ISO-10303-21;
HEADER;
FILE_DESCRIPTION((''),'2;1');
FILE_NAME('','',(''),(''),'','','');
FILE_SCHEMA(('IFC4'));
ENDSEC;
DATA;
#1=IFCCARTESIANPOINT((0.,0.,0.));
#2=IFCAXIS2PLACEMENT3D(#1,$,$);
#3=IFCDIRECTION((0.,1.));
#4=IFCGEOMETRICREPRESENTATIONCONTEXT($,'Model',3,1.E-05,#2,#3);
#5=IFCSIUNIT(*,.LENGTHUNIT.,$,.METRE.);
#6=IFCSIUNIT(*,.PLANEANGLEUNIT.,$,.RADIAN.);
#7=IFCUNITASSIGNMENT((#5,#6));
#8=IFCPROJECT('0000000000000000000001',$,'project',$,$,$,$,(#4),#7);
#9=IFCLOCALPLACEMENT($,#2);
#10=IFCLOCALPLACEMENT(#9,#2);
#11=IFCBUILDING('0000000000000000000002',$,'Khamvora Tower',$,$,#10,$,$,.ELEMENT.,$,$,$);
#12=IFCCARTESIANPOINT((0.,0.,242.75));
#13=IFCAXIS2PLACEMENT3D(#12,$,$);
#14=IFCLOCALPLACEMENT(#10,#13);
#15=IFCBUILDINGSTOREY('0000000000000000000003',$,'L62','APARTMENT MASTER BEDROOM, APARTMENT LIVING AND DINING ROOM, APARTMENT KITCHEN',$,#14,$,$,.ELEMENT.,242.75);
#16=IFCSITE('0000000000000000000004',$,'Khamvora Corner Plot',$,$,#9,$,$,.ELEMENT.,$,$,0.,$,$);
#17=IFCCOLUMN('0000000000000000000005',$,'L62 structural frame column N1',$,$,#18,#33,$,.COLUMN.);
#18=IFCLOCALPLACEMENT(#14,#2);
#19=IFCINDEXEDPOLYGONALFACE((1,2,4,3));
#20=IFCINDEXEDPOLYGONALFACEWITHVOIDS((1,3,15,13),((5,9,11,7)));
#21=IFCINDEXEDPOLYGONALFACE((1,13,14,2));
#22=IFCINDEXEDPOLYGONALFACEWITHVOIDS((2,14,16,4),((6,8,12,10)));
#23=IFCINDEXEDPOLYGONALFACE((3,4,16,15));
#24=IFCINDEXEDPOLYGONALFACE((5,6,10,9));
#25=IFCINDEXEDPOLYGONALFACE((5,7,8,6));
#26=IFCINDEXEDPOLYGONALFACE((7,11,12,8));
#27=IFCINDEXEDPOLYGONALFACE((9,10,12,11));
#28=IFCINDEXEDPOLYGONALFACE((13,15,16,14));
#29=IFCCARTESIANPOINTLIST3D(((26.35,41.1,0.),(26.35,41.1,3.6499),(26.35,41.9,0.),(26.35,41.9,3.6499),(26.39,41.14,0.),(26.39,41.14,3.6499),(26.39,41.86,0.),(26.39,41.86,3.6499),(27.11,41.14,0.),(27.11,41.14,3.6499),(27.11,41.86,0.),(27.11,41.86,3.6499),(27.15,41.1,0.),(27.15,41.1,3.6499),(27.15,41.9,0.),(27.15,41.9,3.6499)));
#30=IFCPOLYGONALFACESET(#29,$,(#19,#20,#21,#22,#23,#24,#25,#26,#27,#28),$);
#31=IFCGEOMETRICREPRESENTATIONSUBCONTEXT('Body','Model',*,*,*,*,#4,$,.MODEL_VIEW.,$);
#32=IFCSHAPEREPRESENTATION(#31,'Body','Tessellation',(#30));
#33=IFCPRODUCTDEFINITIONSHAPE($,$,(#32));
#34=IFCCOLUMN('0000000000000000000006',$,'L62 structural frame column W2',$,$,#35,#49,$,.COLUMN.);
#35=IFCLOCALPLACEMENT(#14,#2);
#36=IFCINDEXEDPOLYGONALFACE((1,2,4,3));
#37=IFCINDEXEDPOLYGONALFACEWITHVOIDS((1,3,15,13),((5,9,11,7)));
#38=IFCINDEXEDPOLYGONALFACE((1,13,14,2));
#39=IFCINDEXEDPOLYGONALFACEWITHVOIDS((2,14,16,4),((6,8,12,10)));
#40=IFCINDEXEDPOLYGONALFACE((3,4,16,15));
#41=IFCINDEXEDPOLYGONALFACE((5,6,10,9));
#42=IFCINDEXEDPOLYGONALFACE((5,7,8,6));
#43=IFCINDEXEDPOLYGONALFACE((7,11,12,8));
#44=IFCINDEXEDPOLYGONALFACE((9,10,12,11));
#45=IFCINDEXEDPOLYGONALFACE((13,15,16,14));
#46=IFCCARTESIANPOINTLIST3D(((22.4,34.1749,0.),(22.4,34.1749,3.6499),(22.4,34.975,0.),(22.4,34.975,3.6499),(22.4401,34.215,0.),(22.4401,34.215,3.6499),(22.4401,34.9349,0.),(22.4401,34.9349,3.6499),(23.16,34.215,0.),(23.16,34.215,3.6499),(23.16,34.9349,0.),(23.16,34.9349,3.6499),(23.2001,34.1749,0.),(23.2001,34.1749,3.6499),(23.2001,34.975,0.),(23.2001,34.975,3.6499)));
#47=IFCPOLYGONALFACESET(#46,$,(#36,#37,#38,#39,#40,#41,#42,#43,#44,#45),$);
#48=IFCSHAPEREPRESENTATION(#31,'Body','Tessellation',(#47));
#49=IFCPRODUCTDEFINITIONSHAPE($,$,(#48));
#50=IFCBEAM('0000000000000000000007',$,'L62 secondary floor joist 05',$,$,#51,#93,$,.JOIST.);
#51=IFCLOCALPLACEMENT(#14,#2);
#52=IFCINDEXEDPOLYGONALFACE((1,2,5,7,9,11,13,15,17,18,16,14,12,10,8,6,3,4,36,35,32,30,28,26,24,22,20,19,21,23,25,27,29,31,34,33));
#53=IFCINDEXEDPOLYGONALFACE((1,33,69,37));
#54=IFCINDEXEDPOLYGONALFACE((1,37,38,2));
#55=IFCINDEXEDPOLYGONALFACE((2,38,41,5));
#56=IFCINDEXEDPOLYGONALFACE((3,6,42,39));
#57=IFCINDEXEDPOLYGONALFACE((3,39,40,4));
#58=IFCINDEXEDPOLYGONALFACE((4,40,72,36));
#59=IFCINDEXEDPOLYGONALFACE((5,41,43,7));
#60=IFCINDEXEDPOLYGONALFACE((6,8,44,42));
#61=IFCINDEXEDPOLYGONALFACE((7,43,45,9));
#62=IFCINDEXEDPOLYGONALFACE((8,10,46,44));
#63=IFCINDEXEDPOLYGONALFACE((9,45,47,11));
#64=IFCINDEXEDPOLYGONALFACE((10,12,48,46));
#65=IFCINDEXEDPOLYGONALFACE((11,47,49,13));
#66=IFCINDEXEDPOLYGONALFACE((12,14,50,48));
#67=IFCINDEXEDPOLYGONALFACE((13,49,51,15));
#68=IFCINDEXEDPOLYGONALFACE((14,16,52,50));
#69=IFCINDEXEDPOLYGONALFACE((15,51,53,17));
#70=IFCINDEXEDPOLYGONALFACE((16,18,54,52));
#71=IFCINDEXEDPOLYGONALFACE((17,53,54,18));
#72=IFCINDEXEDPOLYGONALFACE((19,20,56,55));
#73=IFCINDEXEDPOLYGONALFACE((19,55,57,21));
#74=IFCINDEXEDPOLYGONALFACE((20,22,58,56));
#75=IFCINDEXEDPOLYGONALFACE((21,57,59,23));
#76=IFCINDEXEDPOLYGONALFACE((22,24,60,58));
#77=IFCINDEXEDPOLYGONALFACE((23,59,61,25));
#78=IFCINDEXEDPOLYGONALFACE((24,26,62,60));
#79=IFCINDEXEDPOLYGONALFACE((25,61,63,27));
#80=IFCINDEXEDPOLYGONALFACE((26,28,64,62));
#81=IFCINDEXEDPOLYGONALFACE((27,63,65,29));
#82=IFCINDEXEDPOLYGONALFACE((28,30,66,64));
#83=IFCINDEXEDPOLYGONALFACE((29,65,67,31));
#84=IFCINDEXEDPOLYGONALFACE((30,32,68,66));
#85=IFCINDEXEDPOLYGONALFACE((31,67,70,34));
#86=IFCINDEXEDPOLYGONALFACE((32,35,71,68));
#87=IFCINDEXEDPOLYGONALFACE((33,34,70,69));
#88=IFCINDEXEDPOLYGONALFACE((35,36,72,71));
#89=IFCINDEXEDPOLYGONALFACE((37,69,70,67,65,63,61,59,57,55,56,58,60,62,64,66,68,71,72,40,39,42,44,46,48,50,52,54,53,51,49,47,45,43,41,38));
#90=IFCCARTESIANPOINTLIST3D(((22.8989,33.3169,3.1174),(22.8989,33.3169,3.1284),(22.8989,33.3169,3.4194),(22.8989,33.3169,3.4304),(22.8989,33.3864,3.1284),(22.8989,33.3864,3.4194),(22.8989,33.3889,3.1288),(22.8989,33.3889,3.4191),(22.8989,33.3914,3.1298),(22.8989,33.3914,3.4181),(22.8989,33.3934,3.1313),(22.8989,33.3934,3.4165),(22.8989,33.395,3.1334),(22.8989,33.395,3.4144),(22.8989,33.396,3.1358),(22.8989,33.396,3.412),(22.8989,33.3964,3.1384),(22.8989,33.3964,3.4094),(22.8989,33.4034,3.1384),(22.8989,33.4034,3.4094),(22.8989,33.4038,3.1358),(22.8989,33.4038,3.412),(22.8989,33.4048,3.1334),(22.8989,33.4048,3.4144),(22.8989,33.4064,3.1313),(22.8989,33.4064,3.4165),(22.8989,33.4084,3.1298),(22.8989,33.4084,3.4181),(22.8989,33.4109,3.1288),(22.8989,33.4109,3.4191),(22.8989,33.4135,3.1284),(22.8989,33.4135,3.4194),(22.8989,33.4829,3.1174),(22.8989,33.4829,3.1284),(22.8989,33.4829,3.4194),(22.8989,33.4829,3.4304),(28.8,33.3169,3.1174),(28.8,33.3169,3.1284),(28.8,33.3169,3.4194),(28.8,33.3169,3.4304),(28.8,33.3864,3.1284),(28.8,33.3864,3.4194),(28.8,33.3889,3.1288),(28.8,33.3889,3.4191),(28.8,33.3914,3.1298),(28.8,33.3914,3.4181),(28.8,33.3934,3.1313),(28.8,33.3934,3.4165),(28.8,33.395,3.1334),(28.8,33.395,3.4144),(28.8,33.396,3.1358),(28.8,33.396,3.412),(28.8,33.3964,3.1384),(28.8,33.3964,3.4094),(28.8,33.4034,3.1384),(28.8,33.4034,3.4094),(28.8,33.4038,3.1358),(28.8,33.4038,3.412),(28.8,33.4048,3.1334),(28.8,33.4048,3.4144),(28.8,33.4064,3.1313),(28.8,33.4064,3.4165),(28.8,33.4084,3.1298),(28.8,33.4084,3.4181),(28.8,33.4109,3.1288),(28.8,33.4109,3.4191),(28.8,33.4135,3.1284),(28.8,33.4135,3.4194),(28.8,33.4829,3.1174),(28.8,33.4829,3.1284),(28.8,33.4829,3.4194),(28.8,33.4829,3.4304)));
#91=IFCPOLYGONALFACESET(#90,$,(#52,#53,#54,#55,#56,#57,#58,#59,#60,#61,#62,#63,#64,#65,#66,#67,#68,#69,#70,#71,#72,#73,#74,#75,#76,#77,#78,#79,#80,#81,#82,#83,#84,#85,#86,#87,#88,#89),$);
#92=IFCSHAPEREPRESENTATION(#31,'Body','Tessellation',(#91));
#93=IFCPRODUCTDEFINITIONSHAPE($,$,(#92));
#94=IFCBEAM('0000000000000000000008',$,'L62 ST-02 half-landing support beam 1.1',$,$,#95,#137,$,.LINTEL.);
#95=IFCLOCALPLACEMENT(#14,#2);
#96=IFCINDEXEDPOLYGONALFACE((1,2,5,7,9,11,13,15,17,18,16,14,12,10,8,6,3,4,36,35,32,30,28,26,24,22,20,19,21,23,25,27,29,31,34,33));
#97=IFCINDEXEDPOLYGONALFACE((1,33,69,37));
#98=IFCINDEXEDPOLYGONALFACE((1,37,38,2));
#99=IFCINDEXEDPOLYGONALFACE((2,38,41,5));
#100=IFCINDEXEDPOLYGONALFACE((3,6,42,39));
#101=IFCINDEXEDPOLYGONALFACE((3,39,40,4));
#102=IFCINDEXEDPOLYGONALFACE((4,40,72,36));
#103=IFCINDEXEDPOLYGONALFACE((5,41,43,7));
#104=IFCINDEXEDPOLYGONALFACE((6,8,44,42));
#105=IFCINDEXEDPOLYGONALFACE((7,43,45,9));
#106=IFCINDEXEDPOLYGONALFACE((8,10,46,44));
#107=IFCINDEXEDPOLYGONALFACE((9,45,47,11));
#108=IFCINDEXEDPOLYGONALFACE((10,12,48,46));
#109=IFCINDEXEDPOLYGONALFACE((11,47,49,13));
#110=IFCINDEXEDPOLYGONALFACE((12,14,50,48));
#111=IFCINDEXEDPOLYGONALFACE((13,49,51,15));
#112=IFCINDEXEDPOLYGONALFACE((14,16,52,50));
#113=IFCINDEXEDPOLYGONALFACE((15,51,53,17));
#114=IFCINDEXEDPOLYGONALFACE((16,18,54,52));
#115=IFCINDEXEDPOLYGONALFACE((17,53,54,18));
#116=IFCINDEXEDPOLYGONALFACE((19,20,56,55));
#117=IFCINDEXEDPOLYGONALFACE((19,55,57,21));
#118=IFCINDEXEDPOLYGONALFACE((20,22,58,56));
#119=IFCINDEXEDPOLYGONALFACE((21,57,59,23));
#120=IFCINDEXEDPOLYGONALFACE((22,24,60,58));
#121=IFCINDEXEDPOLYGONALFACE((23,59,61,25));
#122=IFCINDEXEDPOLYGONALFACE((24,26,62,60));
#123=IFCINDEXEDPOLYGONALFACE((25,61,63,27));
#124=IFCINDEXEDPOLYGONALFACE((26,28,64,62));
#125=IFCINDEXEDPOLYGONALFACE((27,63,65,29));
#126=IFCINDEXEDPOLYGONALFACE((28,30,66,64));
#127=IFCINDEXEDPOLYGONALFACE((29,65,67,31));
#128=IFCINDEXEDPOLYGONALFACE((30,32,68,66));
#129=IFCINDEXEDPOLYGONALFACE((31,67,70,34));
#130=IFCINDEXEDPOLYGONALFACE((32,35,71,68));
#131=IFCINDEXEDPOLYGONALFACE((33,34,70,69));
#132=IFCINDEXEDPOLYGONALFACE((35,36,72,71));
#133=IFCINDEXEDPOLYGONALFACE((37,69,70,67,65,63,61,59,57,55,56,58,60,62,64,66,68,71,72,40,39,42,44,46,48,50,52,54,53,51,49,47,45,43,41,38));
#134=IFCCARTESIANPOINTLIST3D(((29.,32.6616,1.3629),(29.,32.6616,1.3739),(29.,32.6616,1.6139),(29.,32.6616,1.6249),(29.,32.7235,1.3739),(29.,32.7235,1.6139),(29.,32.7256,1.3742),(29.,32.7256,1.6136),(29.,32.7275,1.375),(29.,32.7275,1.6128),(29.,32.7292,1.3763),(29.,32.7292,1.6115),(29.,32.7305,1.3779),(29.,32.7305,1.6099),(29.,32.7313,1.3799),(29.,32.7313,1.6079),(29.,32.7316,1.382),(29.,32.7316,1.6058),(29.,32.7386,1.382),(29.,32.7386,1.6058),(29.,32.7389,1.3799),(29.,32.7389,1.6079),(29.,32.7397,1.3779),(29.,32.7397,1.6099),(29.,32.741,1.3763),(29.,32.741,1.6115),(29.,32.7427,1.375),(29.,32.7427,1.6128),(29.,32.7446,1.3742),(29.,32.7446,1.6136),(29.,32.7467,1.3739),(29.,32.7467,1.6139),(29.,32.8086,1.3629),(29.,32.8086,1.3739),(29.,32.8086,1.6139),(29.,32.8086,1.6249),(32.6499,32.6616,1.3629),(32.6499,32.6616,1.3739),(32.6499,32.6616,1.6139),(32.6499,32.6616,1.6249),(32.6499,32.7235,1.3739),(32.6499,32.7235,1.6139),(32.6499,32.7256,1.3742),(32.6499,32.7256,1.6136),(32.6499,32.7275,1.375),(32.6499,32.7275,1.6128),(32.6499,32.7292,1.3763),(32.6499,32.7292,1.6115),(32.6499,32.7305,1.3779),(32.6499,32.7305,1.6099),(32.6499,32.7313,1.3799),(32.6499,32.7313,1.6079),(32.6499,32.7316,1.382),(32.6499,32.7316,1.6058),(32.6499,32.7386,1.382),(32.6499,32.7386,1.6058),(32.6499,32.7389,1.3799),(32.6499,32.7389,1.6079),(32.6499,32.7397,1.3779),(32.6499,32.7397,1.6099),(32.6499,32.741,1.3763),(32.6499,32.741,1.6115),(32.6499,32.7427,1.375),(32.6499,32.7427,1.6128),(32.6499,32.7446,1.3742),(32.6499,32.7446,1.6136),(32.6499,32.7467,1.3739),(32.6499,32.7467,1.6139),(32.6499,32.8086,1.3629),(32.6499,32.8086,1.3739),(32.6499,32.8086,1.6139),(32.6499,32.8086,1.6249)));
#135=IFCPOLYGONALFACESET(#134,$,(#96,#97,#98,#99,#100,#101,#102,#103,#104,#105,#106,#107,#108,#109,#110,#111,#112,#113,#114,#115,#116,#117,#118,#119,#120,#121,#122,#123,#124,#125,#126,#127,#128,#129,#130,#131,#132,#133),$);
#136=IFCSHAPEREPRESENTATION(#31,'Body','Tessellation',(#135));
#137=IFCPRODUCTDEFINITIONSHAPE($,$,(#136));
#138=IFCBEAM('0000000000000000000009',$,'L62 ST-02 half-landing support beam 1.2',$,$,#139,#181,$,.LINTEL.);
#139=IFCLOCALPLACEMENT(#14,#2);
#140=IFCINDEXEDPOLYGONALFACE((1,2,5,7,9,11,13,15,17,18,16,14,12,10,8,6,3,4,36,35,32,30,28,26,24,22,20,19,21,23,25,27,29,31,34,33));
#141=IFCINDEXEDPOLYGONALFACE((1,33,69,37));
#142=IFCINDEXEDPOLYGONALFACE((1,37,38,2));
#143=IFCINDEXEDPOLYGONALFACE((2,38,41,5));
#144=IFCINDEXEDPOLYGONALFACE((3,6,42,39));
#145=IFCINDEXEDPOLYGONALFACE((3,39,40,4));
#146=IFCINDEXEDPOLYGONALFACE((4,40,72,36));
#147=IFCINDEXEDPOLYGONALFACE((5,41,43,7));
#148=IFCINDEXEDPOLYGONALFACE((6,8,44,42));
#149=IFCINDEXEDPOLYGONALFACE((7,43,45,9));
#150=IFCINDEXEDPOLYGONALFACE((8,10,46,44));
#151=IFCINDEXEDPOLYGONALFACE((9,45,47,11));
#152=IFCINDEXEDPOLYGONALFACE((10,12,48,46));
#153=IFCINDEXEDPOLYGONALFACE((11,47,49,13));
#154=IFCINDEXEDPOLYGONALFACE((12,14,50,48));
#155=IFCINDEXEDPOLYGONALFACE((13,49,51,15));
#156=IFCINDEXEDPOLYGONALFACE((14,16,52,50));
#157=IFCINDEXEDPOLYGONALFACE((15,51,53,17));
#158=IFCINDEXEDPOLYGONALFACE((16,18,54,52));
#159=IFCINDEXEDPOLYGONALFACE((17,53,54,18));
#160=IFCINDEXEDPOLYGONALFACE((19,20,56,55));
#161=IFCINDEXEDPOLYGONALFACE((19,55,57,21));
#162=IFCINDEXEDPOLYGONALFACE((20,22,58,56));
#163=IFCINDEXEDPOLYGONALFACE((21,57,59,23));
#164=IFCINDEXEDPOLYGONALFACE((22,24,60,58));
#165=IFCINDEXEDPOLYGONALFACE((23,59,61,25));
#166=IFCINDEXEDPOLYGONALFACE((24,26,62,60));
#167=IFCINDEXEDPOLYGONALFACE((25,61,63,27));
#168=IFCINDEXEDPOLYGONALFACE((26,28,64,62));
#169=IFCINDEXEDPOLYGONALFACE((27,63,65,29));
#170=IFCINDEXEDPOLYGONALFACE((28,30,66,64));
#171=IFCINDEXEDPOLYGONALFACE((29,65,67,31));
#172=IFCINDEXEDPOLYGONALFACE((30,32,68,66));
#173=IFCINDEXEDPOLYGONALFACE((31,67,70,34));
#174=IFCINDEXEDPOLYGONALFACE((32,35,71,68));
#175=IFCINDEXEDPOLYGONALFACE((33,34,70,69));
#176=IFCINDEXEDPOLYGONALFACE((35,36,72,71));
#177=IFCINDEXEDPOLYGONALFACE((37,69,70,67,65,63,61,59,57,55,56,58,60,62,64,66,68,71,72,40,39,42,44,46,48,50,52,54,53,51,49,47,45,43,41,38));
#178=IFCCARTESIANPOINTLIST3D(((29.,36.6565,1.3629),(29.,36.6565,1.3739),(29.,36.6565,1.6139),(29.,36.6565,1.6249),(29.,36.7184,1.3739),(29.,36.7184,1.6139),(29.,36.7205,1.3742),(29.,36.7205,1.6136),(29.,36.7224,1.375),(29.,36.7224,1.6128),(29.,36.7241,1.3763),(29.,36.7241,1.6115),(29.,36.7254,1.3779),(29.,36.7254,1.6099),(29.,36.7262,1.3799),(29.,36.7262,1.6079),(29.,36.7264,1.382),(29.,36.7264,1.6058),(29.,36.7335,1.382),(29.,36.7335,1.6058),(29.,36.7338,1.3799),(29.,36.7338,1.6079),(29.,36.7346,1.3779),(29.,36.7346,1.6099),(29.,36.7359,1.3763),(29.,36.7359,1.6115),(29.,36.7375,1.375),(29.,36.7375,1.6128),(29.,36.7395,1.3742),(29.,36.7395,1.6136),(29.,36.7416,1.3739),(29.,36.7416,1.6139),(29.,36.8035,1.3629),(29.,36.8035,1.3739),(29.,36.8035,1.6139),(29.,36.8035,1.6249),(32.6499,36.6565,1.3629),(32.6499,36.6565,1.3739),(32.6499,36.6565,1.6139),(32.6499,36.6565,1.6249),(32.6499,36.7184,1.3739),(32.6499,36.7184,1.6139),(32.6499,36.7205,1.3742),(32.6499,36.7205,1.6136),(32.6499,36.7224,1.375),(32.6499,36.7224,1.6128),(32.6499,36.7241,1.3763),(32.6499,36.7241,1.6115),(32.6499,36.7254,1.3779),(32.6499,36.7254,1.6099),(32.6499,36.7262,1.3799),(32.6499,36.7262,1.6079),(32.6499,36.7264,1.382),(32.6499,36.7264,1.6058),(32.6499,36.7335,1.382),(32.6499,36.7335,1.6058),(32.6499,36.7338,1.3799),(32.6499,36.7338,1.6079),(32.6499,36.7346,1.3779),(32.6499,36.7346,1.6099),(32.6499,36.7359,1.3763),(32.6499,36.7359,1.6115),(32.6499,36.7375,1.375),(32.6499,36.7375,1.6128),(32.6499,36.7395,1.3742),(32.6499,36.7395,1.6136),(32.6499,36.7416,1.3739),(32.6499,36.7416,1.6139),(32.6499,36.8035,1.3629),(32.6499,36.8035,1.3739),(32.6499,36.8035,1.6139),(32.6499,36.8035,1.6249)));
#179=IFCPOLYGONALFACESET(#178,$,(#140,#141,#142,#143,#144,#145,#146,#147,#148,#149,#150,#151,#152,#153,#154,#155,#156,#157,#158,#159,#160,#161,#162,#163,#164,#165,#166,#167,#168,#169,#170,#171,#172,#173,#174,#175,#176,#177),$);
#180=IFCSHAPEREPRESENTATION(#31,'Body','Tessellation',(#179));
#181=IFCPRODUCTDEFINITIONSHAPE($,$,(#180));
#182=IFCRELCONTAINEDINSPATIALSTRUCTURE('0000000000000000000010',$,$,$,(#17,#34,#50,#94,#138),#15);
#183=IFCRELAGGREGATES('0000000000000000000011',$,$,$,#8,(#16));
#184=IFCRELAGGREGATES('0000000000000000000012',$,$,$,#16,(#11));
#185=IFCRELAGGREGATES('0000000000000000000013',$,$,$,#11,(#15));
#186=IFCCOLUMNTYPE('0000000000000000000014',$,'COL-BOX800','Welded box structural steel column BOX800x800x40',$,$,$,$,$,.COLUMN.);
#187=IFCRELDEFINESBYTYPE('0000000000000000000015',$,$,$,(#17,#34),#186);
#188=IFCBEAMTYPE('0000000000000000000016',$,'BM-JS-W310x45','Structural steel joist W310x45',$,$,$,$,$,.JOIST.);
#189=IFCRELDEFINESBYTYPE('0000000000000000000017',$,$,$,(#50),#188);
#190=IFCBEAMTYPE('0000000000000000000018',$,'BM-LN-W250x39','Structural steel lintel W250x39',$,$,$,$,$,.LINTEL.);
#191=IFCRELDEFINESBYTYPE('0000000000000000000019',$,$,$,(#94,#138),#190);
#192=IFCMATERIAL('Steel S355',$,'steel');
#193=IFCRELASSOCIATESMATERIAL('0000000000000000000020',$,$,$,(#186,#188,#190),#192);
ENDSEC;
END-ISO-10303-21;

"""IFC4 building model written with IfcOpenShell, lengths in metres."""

from ifc_helpers import new_model, si_unit, direction, frame, origin, origin_2d, place, context, subcontext, project, spatial, hollow_rectangle, i_section, extrude, material, material_profile, profile_set, type_object, element, save


model = new_model("IFC4")

# Units and contexts
model_context = context("Model", 3, precision=1e-05, world=origin(), true_north=direction((0.0, 1.0)))
body_context = subcontext(model_context, "Body", "Model", "MODEL_VIEW")
ifc_project = project(units=[si_unit("LENGTHUNIT", "METRE"), si_unit("PLANEANGLEUNIT", "RADIAN")], contexts=[model_context])

# Site, building, storey
site_placement = place(None, origin())
site = spatial("IfcSite", under=ifc_project, at=site_placement, Name="Khamvora Corner Plot", CompositionType="ELEMENT", RefElevation=0.0)
building_placement = place(site_placement, origin())
building = spatial("IfcBuilding", under=site, at=building_placement, Name="Khamvora Tower", CompositionType="ELEMENT")
storey_placement = place(building_placement, frame((0.0, 0.0, 242.75)))
storey = spatial("IfcBuildingStorey", under=building, at=storey_placement, Name="L62", Description="APARTMENT MASTER BEDROOM, APARTMENT LIVING AND DINING ROOM, APARTMENT KITCHEN", CompositionType="ELEMENT", Elevation=242.75)

# Columns
ifc_material_1 = material(Name="Steel S355", Category="steel")
ifc_material_profile_1 = material_profile(ifc_material_1, hollow_rectangle(XDim=0.8, YDim=0.8, WallThickness=0.04, at=origin_2d()), Name="BOX800x800x40")
ifc_profile_set_1 = profile_set([ifc_material_profile_1], Name="Steel S355")
column_type = type_object("IfcColumnType", Name="COL-BOX800", Description="Welded box structural steel column BOX800x800x40", PredefinedType="COLUMN", material=ifc_profile_set_1)
for number, where, z_axis, x_axis, name in (
    (1, (26.75, 41.5, 0.0), (0.0, 0.0, 1.0), (1.0, 0.0, 0.0), "L62 structural frame column N1"),
    (2, (22.8, 34.575, 0.0), (0.0, 0.0, 1.0), (1.0, 0.0, 0.0), "L62 structural frame column W2"),
):
    element("IfcColumn", number, at=place(storey_placement, frame(where, z_axis=z_axis, x_axis=x_axis)), inside=storey, type_object=column_type, Name=name, PredefinedType="COLUMN", context=body_context, shape_type="SweptSolid", body=[
        extrude(hollow_rectangle(XDim=0.8, YDim=0.8, WallThickness=0.04, at=origin_2d()), origin(), (0.0, 0.0, 1.0), 3.6499),
    ])

# Beams
ifc_material_profile_2 = material_profile(ifc_material_1, i_section(OverallWidth=0.166, OverallDepth=0.313, WebThickness=0.0071, FlangeThickness=0.011, FilletRadius=0.01, at=origin_2d()), Name="W310x45")
ifc_profile_set_2 = profile_set([ifc_material_profile_2], Name="Steel S355")
beam_type_1 = type_object("IfcBeamType", Name="BM-JS-W310x45", Description="Structural steel joist W310x45", PredefinedType="JOIST", material=ifc_profile_set_2)
beam_1_placement = place(storey_placement, frame((22.8989, 33.3999, 3.2739), z_axis=(1.0, 0.0, 0.0), x_axis=(0.0, 1.0, 0.0)))
element("IfcBeam", 3, at=beam_1_placement, inside=storey, type_object=beam_type_1, Name="L62 secondary floor joist 05", PredefinedType="JOIST", context=body_context, shape_type="SweptSolid", body=[
    extrude(i_section(OverallWidth=0.166, OverallDepth=0.313, WebThickness=0.0071, FlangeThickness=0.011, FilletRadius=0.01, at=origin_2d()), origin(), (0.0, 0.0, 1.0), 5.9011),
])
ifc_material_profile_3 = material_profile(ifc_material_1, i_section(OverallWidth=0.147, OverallDepth=0.262, WebThickness=0.0071, FlangeThickness=0.011, FilletRadius=0.0081, at=origin_2d()), Name="W250x39")
ifc_profile_set_3 = profile_set([ifc_material_profile_3], Name="Steel S355")
beam_type_2 = type_object("IfcBeamType", Name="BM-LN-W250x39", Description="Structural steel lintel W250x39", PredefinedType="LINTEL", material=ifc_profile_set_3)
for number, where, z_axis, x_axis, name in (
    (4, (29.0, 32.7351, 1.4939), (1.0, 0.0, 0.0), (0.0, 1.0, 0.0), "L62 ST-02 half-landing support beam 1.1"),
    (5, (29.0, 36.73, 1.4939), (1.0, 0.0, 0.0), (0.0, 1.0, 0.0), "L62 ST-02 half-landing support beam 1.2"),
):
    element("IfcBeam", number, at=place(storey_placement, frame(where, z_axis=z_axis, x_axis=x_axis)), inside=storey, type_object=beam_type_2, Name=name, PredefinedType="LINTEL", context=body_context, shape_type="SweptSolid", body=[
        extrude(i_section(OverallWidth=0.147, OverallDepth=0.262, WebThickness=0.0071, FlangeThickness=0.011, FilletRadius=0.0081, at=origin_2d()), origin(), (0.0, 0.0, 1.0), 3.6499),
    ])

save(model, "model.ifc")
